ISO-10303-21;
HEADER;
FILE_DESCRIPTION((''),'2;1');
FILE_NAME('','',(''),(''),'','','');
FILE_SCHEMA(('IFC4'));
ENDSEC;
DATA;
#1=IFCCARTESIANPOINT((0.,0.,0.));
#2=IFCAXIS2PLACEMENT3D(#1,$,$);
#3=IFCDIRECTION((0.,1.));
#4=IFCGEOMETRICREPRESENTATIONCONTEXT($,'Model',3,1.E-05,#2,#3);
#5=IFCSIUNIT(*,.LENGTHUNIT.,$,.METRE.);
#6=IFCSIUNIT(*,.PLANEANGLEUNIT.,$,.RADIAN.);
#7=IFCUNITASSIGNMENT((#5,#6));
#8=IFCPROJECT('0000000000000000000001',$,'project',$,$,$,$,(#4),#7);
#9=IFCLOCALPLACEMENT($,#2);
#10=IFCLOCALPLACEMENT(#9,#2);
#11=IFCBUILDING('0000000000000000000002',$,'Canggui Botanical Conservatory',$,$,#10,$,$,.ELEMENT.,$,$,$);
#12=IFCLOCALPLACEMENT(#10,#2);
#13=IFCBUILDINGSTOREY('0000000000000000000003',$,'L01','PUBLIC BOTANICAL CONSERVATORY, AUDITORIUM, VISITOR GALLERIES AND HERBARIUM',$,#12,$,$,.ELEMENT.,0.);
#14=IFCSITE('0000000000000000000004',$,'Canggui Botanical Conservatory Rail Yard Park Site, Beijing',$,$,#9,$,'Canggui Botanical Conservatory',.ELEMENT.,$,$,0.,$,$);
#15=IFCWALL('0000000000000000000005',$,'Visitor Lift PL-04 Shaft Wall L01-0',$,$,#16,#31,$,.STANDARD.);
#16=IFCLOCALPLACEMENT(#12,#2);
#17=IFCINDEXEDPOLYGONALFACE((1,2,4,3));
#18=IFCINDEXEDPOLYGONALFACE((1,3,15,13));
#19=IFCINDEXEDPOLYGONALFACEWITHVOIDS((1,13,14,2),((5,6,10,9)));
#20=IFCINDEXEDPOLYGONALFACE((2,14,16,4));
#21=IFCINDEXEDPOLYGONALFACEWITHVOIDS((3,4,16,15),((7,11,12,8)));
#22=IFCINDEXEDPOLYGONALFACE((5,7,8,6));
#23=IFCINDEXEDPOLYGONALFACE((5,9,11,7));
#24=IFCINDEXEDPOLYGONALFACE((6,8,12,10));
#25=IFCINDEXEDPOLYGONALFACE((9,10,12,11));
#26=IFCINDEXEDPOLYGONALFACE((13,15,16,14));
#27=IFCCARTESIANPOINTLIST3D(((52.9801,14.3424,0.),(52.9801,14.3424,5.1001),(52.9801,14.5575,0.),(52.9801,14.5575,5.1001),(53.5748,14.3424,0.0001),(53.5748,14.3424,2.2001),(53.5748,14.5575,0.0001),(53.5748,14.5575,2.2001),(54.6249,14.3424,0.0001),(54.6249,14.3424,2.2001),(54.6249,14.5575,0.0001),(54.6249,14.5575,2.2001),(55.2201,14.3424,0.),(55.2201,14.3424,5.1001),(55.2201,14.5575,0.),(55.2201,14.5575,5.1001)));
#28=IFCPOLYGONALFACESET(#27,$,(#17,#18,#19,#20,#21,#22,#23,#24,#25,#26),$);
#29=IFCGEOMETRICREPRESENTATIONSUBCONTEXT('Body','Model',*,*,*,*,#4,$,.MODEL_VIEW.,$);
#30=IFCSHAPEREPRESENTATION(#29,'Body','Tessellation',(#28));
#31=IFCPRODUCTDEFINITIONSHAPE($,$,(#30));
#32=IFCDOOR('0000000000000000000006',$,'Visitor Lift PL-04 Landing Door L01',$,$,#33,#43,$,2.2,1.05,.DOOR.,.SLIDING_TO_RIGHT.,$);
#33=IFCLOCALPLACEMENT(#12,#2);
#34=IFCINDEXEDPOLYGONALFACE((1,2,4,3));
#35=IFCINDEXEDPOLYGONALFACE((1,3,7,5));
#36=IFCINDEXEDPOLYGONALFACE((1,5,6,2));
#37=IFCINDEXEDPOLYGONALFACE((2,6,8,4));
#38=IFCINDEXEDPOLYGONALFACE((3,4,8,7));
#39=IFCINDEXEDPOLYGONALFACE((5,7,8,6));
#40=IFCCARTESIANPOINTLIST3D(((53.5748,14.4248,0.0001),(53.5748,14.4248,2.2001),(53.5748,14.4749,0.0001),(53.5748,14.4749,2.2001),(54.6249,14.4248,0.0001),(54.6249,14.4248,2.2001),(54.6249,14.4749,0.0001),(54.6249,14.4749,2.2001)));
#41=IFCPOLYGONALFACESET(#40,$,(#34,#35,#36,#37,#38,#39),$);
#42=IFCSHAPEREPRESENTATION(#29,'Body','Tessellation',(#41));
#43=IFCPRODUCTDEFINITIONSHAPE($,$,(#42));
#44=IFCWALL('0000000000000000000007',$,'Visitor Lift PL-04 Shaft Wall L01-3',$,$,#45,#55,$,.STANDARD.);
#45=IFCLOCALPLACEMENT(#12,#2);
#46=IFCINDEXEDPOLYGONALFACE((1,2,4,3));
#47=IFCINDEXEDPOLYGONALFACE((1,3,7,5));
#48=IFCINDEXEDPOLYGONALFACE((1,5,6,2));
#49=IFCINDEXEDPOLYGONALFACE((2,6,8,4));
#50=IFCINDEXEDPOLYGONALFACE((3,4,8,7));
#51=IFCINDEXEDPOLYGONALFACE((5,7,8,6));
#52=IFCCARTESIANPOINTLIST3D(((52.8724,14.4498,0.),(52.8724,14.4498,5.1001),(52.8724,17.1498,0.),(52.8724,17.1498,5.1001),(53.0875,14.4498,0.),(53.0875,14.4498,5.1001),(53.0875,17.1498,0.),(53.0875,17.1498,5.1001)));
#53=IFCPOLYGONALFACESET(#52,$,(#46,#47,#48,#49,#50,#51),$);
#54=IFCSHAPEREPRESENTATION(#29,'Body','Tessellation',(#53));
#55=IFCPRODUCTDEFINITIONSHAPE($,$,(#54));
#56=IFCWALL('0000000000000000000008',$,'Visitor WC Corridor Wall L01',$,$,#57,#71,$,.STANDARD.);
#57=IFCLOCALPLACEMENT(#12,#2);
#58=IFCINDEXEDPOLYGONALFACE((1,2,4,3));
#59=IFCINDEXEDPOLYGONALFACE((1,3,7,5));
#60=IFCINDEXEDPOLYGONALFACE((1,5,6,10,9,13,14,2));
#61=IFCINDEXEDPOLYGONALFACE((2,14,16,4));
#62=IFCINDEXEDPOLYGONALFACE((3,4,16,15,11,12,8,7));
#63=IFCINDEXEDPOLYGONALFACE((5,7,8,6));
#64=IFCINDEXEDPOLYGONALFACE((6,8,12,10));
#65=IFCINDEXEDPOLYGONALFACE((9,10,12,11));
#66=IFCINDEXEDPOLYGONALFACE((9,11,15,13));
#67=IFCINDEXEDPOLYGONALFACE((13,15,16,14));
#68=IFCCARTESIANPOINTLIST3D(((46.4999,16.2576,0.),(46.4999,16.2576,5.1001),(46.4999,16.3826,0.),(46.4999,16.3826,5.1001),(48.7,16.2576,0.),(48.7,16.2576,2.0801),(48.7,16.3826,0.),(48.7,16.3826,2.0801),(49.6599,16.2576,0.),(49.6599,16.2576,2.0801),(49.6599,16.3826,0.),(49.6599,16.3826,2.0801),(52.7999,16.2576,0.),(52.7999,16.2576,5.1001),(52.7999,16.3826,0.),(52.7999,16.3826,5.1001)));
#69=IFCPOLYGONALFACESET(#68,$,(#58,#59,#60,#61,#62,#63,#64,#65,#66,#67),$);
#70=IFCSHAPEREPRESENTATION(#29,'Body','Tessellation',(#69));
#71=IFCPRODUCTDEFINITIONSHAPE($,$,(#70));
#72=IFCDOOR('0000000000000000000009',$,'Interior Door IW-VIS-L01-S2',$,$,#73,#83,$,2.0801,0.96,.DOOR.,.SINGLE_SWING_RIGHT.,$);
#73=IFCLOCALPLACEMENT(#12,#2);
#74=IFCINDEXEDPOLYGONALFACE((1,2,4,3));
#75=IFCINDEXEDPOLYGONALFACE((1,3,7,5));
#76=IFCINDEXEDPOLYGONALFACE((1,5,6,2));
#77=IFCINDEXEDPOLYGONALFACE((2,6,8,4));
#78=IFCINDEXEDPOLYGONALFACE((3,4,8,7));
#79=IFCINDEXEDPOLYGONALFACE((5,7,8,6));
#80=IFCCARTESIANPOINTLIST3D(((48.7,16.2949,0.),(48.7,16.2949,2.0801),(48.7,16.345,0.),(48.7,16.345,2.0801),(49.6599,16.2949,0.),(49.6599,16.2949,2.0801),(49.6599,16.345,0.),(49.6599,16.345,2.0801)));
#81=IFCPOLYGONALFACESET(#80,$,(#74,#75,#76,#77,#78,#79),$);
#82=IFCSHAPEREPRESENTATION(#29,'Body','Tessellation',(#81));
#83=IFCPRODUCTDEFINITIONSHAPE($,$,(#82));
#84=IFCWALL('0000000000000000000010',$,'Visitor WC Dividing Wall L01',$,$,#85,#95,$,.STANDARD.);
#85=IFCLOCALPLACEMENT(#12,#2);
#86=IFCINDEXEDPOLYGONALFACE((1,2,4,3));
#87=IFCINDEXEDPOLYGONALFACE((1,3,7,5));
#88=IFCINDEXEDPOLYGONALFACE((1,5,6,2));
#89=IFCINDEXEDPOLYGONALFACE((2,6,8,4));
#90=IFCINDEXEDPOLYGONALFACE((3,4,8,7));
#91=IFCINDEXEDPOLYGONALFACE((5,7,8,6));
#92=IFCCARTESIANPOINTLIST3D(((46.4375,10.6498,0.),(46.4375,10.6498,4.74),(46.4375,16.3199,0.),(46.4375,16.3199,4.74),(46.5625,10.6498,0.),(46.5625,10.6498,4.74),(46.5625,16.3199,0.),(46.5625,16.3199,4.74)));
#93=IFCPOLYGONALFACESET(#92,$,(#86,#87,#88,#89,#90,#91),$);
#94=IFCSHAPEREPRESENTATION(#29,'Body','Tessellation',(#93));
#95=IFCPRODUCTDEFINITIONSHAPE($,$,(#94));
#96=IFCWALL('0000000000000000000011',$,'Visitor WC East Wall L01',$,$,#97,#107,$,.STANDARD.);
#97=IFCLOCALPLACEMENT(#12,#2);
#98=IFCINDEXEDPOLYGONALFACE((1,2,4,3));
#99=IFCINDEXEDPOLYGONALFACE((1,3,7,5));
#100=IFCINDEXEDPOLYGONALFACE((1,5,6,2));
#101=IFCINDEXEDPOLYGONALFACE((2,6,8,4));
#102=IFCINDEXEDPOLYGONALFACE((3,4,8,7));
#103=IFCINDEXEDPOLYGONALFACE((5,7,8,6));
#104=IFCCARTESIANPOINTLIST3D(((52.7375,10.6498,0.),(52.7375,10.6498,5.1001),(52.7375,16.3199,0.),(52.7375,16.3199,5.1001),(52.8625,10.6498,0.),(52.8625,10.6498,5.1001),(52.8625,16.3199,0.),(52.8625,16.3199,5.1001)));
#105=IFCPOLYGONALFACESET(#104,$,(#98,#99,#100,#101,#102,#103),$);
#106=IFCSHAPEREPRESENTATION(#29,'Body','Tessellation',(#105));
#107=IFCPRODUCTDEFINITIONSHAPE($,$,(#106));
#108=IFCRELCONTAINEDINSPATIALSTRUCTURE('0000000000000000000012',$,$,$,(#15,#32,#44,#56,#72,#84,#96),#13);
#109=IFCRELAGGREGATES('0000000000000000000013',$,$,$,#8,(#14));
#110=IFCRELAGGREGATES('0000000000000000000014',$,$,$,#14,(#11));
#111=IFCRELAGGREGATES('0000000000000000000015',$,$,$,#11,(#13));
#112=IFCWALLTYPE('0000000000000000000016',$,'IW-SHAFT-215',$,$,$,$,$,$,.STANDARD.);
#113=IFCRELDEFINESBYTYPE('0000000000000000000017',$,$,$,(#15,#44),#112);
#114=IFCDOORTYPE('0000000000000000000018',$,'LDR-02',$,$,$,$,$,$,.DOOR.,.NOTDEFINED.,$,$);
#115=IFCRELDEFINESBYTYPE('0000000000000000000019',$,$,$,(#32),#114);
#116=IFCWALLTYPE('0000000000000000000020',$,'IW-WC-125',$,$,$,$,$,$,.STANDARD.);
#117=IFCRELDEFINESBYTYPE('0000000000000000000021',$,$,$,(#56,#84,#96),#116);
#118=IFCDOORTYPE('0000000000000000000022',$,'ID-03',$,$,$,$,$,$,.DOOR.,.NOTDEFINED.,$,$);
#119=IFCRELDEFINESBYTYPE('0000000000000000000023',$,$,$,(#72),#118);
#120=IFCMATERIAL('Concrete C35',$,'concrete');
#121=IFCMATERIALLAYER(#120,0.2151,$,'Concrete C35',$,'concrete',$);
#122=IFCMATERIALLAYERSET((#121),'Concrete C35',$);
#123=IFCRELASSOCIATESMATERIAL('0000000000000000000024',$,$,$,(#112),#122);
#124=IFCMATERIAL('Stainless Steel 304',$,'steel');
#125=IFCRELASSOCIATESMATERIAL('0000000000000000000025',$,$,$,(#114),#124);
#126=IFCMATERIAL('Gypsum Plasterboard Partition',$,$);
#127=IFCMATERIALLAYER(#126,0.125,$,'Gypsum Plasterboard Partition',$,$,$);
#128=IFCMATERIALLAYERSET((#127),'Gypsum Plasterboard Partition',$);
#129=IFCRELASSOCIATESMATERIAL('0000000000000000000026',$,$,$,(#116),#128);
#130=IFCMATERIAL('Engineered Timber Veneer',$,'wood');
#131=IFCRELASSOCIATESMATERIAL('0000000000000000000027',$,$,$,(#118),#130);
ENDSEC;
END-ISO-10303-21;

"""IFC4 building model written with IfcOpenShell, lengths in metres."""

from ifc_helpers import new_model, si_unit, direction, frame, frame_2d, origin, place, context, subcontext, project, spatial, rectangle, extrude, material, layer, layer_set, type_object, element, fill, save


model = new_model("IFC4")

# Units and contexts
model_context = context("Model", 3, precision=1e-05, world=origin(), true_north=direction((0.0, 1.0)))
body_context = subcontext(model_context, "Body", "Model", "MODEL_VIEW")
ifc_project = project(units=[si_unit("LENGTHUNIT", "METRE"), si_unit("PLANEANGLEUNIT", "RADIAN")], contexts=[model_context])

# Site, building, storey
site_placement = place(None, origin())
site = spatial("IfcSite", under=ifc_project, at=site_placement, Name="Canggui Botanical Conservatory Rail Yard Park Site, Beijing", LongName="Canggui Botanical Conservatory", CompositionType="ELEMENT", RefElevation=0.0)
building_placement = place(site_placement, origin())
building = spatial("IfcBuilding", under=site, at=building_placement, Name="Canggui Botanical Conservatory", CompositionType="ELEMENT")
storey_placement = place(building_placement, origin())
storey = spatial("IfcBuildingStorey", under=building, at=storey_placement, Name="L01", Description="PUBLIC BOTANICAL CONSERVATORY, AUDITORIUM, VISITOR GALLERIES AND HERBARIUM", CompositionType="ELEMENT", Elevation=0.0)

# Shared definitions
ifc_material_1 = material(Name="Concrete C35", Category="concrete")

# Wall, opening, door
ifc_layer_1 = layer(ifc_material_1, 0.2151, Name="Concrete C35", Category="concrete")
ifc_layer_set_1 = layer_set([ifc_layer_1], Name="Concrete C35")
wall_type_1 = type_object("IfcWallType", Name="IW-SHAFT-215", PredefinedType="STANDARD", material=ifc_layer_set_1)
wall_1_placement = place(storey_placement, frame((52.98, 14.45, 0.0), z_axis=(0.0, 0.0, 1.0), x_axis=(1.0, 0.0, 0.0)))
wall_1 = element("IfcWall", 1, at=wall_1_placement, inside=storey, type_object=wall_type_1, Name="Visitor Lift PL-04 Shaft Wall L01-0", PredefinedType="STANDARD", context=body_context, shape_type="SweptSolid", body=[
    extrude(rectangle(XDim=2.24, YDim=0.2151, at=frame_2d((1.1201, 0.0))), origin(), (0.0, 0.0, 1.0), 5.1001),
])
opening_1_placement = place(wall_1_placement, frame((0.595, 0.0, 0.0)))
opening_1 = element("IfcOpeningElement", 2, at=opening_1_placement, cuts=wall_1, PredefinedType="OPENING", context=body_context, shape_type="SweptSolid", body=[
    extrude(rectangle(XDim=1.05, YDim=2.2, at=frame_2d((0.5249, 1.1001))), frame((0.0, 0.1177, 0.0), z_axis=(0.0, -1.0, 0.0), x_axis=(1.0, 0.0, 0.0)), (0.0, 0.0, 1.0), 0.2351),
])
ifc_material_2 = material(Name="Stainless Steel 304", Category="steel")
door_type_1 = type_object("IfcDoorType", Name="LDR-02", OperationType="NOTDEFINED", PredefinedType="DOOR", material=ifc_material_2)
door_1_placement = place(opening_1_placement, origin())
door_1 = element("IfcDoor", 3, at=door_1_placement, inside=storey, type_object=door_type_1, Name="Visitor Lift PL-04 Landing Door L01", OperationType="SLIDING_TO_RIGHT", OverallHeight=2.2, OverallWidth=1.05, PredefinedType="DOOR", context=body_context, shape_type="SweptSolid", body=[
    extrude(rectangle(XDim=1.05, YDim=2.2, at=frame_2d((0.5249, 1.1001))), frame((0.0, 0.0249, 0.0), z_axis=(0.0, -1.0, 0.0), x_axis=(1.0, 0.0, 0.0)), (0.0, 0.0, 1.0), 0.05),
])
fill(opening_1, door_1)

# Wall
wall_2_placement = place(storey_placement, frame((52.98, 17.1499, 0.0), z_axis=(0.0, 0.0, 1.0), x_axis=(0.0, -1.0, 0.0)))
element("IfcWall", 4, at=wall_2_placement, inside=storey, type_object=wall_type_1, Name="Visitor Lift PL-04 Shaft Wall L01-3", PredefinedType="STANDARD", context=body_context, shape_type="SweptSolid", body=[
    extrude(rectangle(XDim=2.7, YDim=0.2151, at=frame_2d((1.3501, 0.0))), origin(), (0.0, 0.0, 1.0), 5.1001),
])

# Wall, opening, door
ifc_material_3 = material(Name="Gypsum Plasterboard Partition")
ifc_layer_2 = layer(ifc_material_3, 0.125, Name="Gypsum Plasterboard Partition")
ifc_layer_set_2 = layer_set([ifc_layer_2], Name="Gypsum Plasterboard Partition")
wall_type_2 = type_object("IfcWallType", Name="IW-WC-125", PredefinedType="STANDARD", material=ifc_layer_set_2)
wall_3_placement = place(storey_placement, frame((46.5, 16.3201, 0.0), z_axis=(0.0, 0.0, 1.0), x_axis=(1.0, 0.0, 0.0)))
wall_3 = element("IfcWall", 5, at=wall_3_placement, inside=storey, type_object=wall_type_2, Name="Visitor WC Corridor Wall L01", PredefinedType="STANDARD", context=body_context, shape_type="SweptSolid", body=[
    extrude(rectangle(XDim=6.3, YDim=0.125, at=frame_2d((3.1499, 0.0))), origin(), (0.0, 0.0, 1.0), 5.1001),
])
opening_2_placement = place(wall_3_placement, frame((2.2, 0.0, 0.0)))
opening_2 = element("IfcOpeningElement", 6, at=opening_2_placement, cuts=wall_3, PredefinedType="OPENING", context=body_context, shape_type="SweptSolid", body=[
    extrude(rectangle(XDim=0.96, YDim=2.0801, at=frame_2d((0.48, 1.04))), frame((0.0, 0.0725, 0.0), z_axis=(0.0, -1.0, 0.0), x_axis=(1.0, 0.0, 0.0)), (0.0, 0.0, 1.0), 0.145),
])
ifc_material_4 = material(Name="Engineered Timber Veneer", Category="wood")
door_type_2 = type_object("IfcDoorType", Name="ID-03", OperationType="NOTDEFINED", PredefinedType="DOOR", material=ifc_material_4)
door_2_placement = place(opening_2_placement, origin())
door_2 = element("IfcDoor", 7, at=door_2_placement, inside=storey, type_object=door_type_2, Name="Interior Door IW-VIS-L01-S2", OperationType="SINGLE_SWING_RIGHT", OverallHeight=2.0801, OverallWidth=0.96, PredefinedType="DOOR", context=body_context, shape_type="SweptSolid", body=[
    extrude(rectangle(XDim=0.96, YDim=2.0801, at=frame_2d((0.48, 1.04))), frame((0.0, 0.0249, 0.0), z_axis=(0.0, -1.0, 0.0), x_axis=(1.0, 0.0, 0.0)), (0.0, 0.0, 1.0), 0.05),
])
fill(opening_2, door_2)

# Walls
wall_4_placement = place(storey_placement, frame((46.5, 10.6499, 0.0), z_axis=(0.0, 0.0, 1.0), x_axis=(0.0, 1.0, 0.0)))
element("IfcWall", 8, at=wall_4_placement, inside=storey, type_object=wall_type_2, Name="Visitor WC Dividing Wall L01", PredefinedType="STANDARD", context=body_context, shape_type="SweptSolid", body=[
    extrude(rectangle(XDim=5.6702, YDim=0.125, at=frame_2d((2.835, 0.0))), origin(), (0.0, 0.0, 1.0), 4.74),
])
wall_5_placement = place(storey_placement, frame((52.8, 10.6499, 0.0), z_axis=(0.0, 0.0, 1.0), x_axis=(0.0, 1.0, 0.0)))
element("IfcWall", 9, at=wall_5_placement, inside=storey, type_object=wall_type_2, Name="Visitor WC East Wall L01", PredefinedType="STANDARD", context=body_context, shape_type="SweptSolid", body=[
    extrude(rectangle(XDim=5.6702, YDim=0.125, at=frame_2d((2.835, 0.0))), origin(), (0.0, 0.0, 1.0), 5.1001),
])

save(model, "model.ifc")
